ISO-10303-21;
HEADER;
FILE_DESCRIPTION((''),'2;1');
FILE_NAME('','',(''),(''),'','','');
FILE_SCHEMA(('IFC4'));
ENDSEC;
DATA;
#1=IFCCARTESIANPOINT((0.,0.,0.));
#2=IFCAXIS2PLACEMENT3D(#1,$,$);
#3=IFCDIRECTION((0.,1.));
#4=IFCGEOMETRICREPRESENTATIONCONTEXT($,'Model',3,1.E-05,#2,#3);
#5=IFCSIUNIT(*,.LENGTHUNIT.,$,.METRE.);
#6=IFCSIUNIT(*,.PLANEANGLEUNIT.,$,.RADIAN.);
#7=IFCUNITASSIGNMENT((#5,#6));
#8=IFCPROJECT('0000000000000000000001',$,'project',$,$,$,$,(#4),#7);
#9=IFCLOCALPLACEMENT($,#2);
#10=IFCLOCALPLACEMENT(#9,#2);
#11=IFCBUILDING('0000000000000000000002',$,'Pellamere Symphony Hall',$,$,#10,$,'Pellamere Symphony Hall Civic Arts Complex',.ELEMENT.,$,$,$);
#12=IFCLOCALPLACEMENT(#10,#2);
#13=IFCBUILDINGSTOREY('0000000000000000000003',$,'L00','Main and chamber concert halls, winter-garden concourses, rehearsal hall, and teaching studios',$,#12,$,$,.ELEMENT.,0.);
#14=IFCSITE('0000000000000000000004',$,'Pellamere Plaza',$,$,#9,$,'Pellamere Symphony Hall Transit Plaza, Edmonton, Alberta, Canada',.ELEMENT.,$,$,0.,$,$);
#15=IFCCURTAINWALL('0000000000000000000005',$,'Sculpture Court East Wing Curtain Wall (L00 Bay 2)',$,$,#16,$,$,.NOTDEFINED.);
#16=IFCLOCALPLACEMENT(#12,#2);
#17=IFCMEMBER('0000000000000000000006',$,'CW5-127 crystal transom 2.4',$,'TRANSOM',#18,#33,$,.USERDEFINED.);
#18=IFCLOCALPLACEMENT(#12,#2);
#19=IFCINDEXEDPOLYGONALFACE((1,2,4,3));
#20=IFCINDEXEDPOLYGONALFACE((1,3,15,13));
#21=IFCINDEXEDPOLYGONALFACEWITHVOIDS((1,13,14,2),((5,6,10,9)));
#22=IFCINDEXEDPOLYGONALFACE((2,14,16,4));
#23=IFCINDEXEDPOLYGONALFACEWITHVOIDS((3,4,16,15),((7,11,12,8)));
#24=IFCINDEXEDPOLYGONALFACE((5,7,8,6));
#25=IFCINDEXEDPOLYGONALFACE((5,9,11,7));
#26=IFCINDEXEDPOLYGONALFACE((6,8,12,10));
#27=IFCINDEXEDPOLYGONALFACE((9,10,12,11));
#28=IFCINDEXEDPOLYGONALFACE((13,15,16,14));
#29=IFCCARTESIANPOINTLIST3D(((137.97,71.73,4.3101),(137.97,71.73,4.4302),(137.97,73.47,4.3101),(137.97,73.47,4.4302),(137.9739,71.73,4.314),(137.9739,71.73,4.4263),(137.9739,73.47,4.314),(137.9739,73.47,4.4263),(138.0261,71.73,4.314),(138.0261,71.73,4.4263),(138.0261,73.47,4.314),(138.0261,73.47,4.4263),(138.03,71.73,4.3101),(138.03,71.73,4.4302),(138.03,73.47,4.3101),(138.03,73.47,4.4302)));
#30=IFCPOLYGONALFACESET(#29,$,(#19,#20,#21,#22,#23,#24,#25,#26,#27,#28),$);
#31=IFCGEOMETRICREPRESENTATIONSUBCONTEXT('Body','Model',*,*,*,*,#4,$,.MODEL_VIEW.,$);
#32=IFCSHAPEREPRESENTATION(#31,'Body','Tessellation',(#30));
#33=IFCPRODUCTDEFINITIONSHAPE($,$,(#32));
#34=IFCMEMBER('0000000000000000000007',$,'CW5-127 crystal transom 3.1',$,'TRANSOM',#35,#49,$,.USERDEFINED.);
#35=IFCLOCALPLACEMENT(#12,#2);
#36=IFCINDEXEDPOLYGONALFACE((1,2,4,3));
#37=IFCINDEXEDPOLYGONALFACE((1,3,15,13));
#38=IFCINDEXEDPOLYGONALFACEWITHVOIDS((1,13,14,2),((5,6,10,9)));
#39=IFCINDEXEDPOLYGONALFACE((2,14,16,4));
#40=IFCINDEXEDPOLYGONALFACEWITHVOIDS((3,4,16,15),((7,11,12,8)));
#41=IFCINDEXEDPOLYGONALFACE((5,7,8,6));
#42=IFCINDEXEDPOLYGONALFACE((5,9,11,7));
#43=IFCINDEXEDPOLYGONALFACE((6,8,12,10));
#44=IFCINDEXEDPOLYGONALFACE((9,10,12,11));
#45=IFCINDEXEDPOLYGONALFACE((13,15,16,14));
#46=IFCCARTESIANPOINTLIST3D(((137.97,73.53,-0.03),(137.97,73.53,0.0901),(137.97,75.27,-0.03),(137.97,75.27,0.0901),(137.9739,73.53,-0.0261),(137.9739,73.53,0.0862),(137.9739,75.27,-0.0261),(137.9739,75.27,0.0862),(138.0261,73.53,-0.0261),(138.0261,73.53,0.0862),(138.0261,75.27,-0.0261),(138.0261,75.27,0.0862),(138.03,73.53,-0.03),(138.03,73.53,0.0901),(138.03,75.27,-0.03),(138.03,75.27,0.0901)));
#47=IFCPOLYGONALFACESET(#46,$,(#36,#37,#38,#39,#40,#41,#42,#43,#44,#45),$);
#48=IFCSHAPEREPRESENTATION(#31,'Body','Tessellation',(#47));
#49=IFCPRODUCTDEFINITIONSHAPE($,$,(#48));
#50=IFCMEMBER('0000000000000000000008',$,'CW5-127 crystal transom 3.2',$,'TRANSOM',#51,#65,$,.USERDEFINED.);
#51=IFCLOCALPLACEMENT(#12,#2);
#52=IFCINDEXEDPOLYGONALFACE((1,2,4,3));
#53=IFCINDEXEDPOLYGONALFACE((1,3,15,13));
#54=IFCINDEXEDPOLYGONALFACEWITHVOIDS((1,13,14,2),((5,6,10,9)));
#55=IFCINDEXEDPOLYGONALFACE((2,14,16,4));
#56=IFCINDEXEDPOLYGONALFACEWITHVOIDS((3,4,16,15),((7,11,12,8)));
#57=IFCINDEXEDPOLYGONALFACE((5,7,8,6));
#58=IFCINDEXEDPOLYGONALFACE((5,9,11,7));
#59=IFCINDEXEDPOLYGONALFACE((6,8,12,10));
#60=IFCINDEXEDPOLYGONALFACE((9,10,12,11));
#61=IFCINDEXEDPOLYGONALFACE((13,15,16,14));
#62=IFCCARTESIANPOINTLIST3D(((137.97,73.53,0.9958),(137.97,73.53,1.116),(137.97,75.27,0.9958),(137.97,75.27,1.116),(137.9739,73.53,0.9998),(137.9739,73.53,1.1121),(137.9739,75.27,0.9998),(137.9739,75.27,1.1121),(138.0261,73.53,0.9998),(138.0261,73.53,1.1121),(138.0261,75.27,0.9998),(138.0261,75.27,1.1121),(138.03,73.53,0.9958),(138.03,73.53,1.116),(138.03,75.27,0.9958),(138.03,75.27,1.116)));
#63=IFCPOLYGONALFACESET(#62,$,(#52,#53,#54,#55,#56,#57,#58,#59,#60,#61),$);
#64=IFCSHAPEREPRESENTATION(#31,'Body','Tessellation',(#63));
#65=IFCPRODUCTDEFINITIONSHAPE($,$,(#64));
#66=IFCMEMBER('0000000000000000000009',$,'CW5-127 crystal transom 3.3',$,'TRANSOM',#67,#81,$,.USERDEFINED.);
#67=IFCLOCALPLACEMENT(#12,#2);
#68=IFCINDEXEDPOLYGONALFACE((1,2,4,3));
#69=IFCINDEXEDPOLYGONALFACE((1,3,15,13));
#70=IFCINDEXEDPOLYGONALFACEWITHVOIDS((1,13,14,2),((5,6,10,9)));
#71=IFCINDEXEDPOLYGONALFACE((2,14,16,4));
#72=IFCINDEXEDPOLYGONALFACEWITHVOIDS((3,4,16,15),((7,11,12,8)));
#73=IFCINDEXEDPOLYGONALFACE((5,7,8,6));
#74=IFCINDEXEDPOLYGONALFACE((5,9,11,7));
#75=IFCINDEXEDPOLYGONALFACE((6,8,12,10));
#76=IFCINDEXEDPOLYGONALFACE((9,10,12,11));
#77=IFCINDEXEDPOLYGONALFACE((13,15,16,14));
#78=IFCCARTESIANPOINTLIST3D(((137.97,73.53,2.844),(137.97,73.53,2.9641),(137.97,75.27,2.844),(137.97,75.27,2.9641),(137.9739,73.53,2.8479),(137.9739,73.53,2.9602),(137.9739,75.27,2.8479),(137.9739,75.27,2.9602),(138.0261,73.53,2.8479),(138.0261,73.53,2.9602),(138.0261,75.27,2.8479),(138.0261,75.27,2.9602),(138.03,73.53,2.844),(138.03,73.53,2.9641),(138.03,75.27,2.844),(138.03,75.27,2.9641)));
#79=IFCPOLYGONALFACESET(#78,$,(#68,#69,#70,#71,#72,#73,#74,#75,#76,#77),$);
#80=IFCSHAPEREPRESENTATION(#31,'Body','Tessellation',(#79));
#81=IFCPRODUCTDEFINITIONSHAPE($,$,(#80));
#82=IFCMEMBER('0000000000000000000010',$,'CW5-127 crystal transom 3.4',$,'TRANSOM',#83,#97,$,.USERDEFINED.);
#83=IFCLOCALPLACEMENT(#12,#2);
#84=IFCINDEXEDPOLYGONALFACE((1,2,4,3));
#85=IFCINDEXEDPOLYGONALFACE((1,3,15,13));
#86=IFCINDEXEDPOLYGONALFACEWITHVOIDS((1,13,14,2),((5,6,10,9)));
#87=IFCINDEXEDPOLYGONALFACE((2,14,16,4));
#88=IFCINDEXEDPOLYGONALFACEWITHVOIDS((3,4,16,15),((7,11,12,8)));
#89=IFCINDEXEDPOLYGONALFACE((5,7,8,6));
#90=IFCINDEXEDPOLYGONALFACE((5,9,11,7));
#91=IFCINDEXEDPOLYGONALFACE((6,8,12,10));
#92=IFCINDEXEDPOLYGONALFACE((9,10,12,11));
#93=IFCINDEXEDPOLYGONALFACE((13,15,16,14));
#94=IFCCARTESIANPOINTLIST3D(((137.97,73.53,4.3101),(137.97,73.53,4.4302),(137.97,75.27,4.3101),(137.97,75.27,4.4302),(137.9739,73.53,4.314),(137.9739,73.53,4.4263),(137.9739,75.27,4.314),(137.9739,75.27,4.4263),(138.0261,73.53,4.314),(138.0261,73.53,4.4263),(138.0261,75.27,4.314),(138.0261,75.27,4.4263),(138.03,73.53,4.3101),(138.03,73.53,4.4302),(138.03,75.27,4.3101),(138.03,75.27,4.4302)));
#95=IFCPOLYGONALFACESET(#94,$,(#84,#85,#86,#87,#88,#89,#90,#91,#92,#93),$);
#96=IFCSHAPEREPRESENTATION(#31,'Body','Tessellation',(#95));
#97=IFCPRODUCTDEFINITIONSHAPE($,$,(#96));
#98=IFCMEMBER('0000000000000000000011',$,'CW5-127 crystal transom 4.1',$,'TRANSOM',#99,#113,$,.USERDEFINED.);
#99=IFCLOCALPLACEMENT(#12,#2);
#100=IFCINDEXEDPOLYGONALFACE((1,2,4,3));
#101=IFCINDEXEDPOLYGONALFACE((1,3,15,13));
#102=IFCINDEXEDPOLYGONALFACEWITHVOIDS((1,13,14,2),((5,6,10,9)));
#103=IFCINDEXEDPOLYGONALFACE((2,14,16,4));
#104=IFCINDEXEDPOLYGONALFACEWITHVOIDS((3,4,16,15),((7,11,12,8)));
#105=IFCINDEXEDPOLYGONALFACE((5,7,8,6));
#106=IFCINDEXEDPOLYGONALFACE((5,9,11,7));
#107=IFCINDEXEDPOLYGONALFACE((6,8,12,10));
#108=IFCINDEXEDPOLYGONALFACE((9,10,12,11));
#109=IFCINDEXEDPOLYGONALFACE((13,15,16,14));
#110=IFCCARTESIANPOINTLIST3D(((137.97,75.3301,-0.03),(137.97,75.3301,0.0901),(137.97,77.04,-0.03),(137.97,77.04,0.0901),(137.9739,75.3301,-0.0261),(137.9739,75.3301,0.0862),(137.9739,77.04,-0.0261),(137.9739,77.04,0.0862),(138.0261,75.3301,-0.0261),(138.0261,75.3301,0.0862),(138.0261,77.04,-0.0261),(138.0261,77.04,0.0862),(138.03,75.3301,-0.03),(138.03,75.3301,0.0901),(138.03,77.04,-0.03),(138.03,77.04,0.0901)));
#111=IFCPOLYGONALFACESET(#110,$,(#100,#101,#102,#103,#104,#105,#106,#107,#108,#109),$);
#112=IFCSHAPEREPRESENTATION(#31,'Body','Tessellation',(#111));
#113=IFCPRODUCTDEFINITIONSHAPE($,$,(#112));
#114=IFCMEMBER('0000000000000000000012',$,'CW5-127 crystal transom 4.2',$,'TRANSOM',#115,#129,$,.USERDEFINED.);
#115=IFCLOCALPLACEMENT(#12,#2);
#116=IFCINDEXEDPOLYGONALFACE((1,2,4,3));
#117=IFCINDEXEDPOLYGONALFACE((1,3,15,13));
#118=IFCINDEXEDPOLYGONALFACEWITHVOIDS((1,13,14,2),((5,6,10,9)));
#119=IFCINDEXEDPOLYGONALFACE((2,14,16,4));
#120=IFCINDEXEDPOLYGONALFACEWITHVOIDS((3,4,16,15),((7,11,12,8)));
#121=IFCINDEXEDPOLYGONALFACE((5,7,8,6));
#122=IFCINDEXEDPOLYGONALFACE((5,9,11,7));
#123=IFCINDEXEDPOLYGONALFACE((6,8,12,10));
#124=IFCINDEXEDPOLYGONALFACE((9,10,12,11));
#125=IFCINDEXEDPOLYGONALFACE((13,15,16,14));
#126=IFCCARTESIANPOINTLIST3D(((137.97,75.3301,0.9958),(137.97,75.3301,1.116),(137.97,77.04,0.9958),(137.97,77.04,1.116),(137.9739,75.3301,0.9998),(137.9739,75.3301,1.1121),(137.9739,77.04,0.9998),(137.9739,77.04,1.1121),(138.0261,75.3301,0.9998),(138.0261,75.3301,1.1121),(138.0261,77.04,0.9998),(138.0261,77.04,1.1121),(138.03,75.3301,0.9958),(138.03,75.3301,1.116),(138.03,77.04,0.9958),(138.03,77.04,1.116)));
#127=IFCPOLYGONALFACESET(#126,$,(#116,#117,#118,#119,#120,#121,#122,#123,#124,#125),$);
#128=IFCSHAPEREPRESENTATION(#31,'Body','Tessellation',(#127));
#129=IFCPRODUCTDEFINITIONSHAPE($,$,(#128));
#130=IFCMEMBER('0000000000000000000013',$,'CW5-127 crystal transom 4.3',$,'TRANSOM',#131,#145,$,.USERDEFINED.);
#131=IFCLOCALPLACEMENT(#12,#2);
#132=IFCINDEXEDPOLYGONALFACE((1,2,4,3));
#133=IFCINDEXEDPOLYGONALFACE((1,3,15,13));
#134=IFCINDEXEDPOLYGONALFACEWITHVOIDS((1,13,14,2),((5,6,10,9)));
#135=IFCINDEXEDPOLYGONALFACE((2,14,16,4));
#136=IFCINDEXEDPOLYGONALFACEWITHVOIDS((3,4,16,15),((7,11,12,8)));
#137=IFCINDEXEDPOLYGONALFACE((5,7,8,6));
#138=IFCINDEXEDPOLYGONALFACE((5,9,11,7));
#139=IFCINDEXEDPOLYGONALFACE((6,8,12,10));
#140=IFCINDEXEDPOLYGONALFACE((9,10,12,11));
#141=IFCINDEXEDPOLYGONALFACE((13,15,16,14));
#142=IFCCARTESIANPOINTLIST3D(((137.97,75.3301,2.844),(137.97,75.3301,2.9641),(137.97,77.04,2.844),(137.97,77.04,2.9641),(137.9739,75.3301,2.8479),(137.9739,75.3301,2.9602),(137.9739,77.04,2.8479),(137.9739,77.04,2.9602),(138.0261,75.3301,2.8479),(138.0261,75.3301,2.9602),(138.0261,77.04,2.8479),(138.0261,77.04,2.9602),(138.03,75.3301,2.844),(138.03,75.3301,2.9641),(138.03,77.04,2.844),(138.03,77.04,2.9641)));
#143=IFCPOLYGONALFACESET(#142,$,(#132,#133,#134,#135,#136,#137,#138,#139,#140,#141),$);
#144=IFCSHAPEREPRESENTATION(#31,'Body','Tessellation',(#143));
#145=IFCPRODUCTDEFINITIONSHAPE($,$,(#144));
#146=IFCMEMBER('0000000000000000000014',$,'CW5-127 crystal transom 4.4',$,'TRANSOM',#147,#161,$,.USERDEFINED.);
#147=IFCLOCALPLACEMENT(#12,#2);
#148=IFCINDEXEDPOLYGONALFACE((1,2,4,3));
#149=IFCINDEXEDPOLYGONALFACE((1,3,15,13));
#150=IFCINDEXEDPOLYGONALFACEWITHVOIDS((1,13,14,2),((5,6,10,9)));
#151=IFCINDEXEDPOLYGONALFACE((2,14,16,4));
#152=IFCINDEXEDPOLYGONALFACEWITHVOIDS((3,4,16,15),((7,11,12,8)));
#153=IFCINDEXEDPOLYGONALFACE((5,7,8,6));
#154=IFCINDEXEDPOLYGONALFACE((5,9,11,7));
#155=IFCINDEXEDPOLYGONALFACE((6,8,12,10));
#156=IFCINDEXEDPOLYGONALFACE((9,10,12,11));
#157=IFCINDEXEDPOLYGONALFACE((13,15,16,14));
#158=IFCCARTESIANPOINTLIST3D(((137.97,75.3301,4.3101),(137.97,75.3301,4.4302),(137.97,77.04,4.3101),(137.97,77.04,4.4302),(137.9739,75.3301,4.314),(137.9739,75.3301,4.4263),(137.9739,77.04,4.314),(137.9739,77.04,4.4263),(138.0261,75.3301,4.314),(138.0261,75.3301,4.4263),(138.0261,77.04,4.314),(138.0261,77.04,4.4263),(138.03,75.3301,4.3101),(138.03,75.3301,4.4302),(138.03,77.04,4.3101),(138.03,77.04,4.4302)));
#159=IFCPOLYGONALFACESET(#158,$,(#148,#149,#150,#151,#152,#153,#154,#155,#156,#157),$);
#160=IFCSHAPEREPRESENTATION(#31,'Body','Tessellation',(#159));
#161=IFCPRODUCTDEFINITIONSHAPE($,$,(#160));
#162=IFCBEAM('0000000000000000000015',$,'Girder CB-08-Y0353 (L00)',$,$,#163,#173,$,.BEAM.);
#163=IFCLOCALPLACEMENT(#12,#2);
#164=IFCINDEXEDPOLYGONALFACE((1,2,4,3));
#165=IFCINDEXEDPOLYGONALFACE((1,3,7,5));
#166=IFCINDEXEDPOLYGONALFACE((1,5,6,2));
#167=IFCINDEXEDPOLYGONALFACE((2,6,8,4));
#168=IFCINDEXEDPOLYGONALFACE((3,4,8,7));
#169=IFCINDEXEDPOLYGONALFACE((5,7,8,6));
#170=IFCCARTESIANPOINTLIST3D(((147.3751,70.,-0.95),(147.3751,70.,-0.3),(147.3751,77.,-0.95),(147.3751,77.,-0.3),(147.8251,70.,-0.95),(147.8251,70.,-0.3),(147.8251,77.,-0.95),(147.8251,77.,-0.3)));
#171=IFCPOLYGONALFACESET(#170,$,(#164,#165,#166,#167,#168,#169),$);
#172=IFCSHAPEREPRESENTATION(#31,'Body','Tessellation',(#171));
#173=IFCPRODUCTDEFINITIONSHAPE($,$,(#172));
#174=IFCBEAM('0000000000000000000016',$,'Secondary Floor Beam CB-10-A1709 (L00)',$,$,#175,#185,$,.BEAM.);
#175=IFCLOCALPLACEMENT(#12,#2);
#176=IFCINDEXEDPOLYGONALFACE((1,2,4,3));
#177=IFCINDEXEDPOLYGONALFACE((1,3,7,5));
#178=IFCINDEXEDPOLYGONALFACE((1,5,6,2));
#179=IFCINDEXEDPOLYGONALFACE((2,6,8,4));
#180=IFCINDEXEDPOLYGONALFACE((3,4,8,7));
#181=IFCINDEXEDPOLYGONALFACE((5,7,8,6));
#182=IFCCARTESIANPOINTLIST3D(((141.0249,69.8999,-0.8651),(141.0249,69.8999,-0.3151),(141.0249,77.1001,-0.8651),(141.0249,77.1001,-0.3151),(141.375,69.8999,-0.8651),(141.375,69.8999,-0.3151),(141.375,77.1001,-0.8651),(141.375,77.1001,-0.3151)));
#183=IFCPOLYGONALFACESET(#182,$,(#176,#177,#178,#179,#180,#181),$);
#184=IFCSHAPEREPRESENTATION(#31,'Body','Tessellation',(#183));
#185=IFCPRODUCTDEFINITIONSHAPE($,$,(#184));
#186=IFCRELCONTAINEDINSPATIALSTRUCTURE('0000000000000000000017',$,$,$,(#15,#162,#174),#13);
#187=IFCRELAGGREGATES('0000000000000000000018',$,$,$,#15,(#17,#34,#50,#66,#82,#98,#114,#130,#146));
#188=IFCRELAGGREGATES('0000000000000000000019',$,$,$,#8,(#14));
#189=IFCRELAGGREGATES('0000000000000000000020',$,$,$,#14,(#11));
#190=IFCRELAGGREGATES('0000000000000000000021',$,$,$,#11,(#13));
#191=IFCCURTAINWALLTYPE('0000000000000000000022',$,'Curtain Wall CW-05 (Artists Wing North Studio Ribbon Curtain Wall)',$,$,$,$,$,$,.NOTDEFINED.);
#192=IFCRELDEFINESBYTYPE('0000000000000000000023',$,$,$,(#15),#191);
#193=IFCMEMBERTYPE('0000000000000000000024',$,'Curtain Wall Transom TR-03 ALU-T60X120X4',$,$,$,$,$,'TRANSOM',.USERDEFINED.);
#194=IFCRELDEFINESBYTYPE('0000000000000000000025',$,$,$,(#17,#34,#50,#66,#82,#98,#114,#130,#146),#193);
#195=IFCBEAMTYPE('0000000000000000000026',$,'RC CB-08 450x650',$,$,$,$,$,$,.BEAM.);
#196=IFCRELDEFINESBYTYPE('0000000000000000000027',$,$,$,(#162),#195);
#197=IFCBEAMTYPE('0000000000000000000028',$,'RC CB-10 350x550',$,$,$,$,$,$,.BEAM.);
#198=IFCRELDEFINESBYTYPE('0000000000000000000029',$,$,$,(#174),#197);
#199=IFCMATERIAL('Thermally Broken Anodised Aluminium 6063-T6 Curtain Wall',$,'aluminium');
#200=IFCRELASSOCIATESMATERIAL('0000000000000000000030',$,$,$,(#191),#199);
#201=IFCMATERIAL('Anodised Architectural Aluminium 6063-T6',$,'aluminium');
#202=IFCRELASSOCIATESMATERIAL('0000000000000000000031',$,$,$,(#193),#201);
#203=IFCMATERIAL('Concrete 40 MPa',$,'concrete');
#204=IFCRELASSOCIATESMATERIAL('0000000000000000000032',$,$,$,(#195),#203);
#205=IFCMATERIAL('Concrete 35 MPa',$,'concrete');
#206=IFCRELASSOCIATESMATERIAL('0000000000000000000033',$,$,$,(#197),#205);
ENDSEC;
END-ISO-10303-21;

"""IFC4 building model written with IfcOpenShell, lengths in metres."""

from ifc_helpers import new_model, si_unit, direction, frame, origin, origin_2d, place, context, subcontext, project, spatial, rectangle, hollow_rectangle, extrude, material, material_profile, profile_set, type_object, element, aggregate, save


model = new_model("IFC4")

# Units and contexts
model_context = context("Model", 3, precision=1e-05, world=origin(), true_north=direction((0.0, 1.0)))
body_context = subcontext(model_context, "Body", "Model", "MODEL_VIEW")
ifc_project = project(units=[si_unit("LENGTHUNIT", "METRE"), si_unit("PLANEANGLEUNIT", "RADIAN")], contexts=[model_context])

# Site, building, storey
site_placement = place(None, origin())
site = spatial("IfcSite", under=ifc_project, at=site_placement, Name="Pellamere Plaza", LongName="Pellamere Symphony Hall Transit Plaza, Edmonton, Alberta, Canada", CompositionType="ELEMENT", RefElevation=0.0)
building_placement = place(site_placement, origin())
building = spatial("IfcBuilding", under=site, at=building_placement, Name="Pellamere Symphony Hall", LongName="Pellamere Symphony Hall Civic Arts Complex", CompositionType="ELEMENT")
storey_placement = place(building_placement, origin())
storey = spatial("IfcBuildingStorey", under=building, at=storey_placement, Name="L00", Description="Main and chamber concert halls, winter-garden concourses, rehearsal hall, and teaching studios", CompositionType="ELEMENT", Elevation=0.0)

# Curtain wall, members
ifc_material_1 = material(Name="Thermally Broken Anodised Aluminium 6063-T6 Curtain Wall", Category="aluminium")
curtain_wall_type = type_object("IfcCurtainWallType", Name="Curtain Wall CW-05 (Artists Wing North Studio Ribbon Curtain Wall)", PredefinedType="NOTDEFINED", material=ifc_material_1)
curtain_wall_placement = place(storey_placement, origin())
curtain_wall = element("IfcCurtainWall", 1, at=curtain_wall_placement, inside=storey, type_object=curtain_wall_type, Name="Sculpture Court East Wing Curtain Wall (L00 Bay 2)", PredefinedType="NOTDEFINED")
ifc_material_2 = material(Name="Anodised Architectural Aluminium 6063-T6", Category="aluminium")
ifc_material_profile_1 = material_profile(ifc_material_2, hollow_rectangle(XDim=0.0601, YDim=0.1201, WallThickness=0.0039, at=origin_2d()), Name="ALU-T60X120X4")
ifc_profile_set_1 = profile_set([ifc_material_profile_1], Name="Anodised Architectural Aluminium 6063-T6")
member_type_1 = type_object("IfcMemberType", Name="Curtain Wall Transom TR-03 ALU-T60X120X4", ElementType="TRANSOM", PredefinedType="USERDEFINED", material=ifc_profile_set_1)
member_1_placement = place(storey_placement, frame((138.0, 71.73, 4.3701), z_axis=(0.0, 1.0, 0.0), x_axis=(-1.0, 0.0, 0.0)))
member_1 = element("IfcMember", 2, at=member_1_placement, type_object=member_type_1, Name="CW5-127 crystal transom 2.4", ObjectType="TRANSOM", PredefinedType="USERDEFINED", context=body_context, shape_type="SweptSolid", body=[
    extrude(hollow_rectangle(XDim=0.0601, YDim=0.1201, WallThickness=0.0039, at=origin_2d()), origin(), (0.0, 0.0, 1.0), 1.74),
])
member_2_placement = place(storey_placement, frame((138.0, 73.53, 0.03), z_axis=(0.0, 1.0, 0.0), x_axis=(-1.0, 0.0, 0.0)))
member_2 = element("IfcMember", 3, at=member_2_placement, type_object=member_type_1, Name="CW5-127 crystal transom 3.1", ObjectType="TRANSOM", PredefinedType="USERDEFINED", context=body_context, shape_type="SweptSolid", body=[
    extrude(hollow_rectangle(XDim=0.0601, YDim=0.1201, WallThickness=0.0039, at=origin_2d()), origin(), (0.0, 0.0, 1.0), 1.74),
])
member_3_placement = place(storey_placement, frame((138.0, 73.53, 1.0559), z_axis=(0.0, 1.0, 0.0), x_axis=(-1.0, 0.0, 0.0)))
member_3 = element("IfcMember", 4, at=member_3_placement, type_object=member_type_1, Name="CW5-127 crystal transom 3.2", ObjectType="TRANSOM", PredefinedType="USERDEFINED", context=body_context, shape_type="SweptSolid", body=[
    extrude(hollow_rectangle(XDim=0.0601, YDim=0.1201, WallThickness=0.0039, at=origin_2d()), origin(), (0.0, 0.0, 1.0), 1.74),
])
member_4_placement = place(storey_placement, frame((138.0, 73.53, 2.9041), z_axis=(0.0, 1.0, 0.0), x_axis=(-1.0, 0.0, 0.0)))
member_4 = element("IfcMember", 5, at=member_4_placement, type_object=member_type_1, Name="CW5-127 crystal transom 3.3", ObjectType="TRANSOM", PredefinedType="USERDEFINED", context=body_context, shape_type="SweptSolid", body=[
    extrude(hollow_rectangle(XDim=0.0601, YDim=0.1201, WallThickness=0.0039, at=origin_2d()), origin(), (0.0, 0.0, 1.0), 1.74),
])
member_5_placement = place(storey_placement, frame((138.0, 73.53, 4.3701), z_axis=(0.0, 1.0, 0.0), x_axis=(-1.0, 0.0, 0.0)))
member_5 = element("IfcMember", 6, at=member_5_placement, type_object=member_type_1, Name="CW5-127 crystal transom 3.4", ObjectType="TRANSOM", PredefinedType="USERDEFINED", context=body_context, shape_type="SweptSolid", body=[
    extrude(hollow_rectangle(XDim=0.0601, YDim=0.1201, WallThickness=0.0039, at=origin_2d()), origin(), (0.0, 0.0, 1.0), 1.74),
])
member_6_placement = place(storey_placement, frame((138.0, 75.3301, 0.03), z_axis=(0.0, 1.0, 0.0), x_axis=(-1.0, 0.0, 0.0)))
member_6 = element("IfcMember", 7, at=member_6_placement, type_object=member_type_1, Name="CW5-127 crystal transom 4.1", ObjectType="TRANSOM", PredefinedType="USERDEFINED", context=body_context, shape_type="SweptSolid", body=[
    extrude(hollow_rectangle(XDim=0.0601, YDim=0.1201, WallThickness=0.0039, at=origin_2d()), origin(), (0.0, 0.0, 1.0), 1.71),
])
member_7_placement = place(storey_placement, frame((138.0, 75.3301, 1.0559), z_axis=(0.0, 1.0, 0.0), x_axis=(-1.0, 0.0, 0.0)))
member_7 = element("IfcMember", 8, at=member_7_placement, type_object=member_type_1, Name="CW5-127 crystal transom 4.2", ObjectType="TRANSOM", PredefinedType="USERDEFINED", context=body_context, shape_type="SweptSolid", body=[
    extrude(hollow_rectangle(XDim=0.0601, YDim=0.1201, WallThickness=0.0039, at=origin_2d()), origin(), (0.0, 0.0, 1.0), 1.71),
])
member_8_placement = place(storey_placement, frame((138.0, 75.3301, 2.9041), z_axis=(0.0, 1.0, 0.0), x_axis=(-1.0, 0.0, 0.0)))
member_8 = element("IfcMember", 9, at=member_8_placement, type_object=member_type_1, Name="CW5-127 crystal transom 4.3", ObjectType="TRANSOM", PredefinedType="USERDEFINED", context=body_context, shape_type="SweptSolid", body=[
    extrude(hollow_rectangle(XDim=0.0601, YDim=0.1201, WallThickness=0.0039, at=origin_2d()), origin(), (0.0, 0.0, 1.0), 1.71),
])
member_9_placement = place(storey_placement, frame((138.0, 75.3301, 4.3701), z_axis=(0.0, 1.0, 0.0), x_axis=(-1.0, 0.0, 0.0)))
member_9 = element("IfcMember", 10, at=member_9_placement, type_object=member_type_1, Name="CW5-127 crystal transom 4.4", ObjectType="TRANSOM", PredefinedType="USERDEFINED", context=body_context, shape_type="SweptSolid", body=[
    extrude(hollow_rectangle(XDim=0.0601, YDim=0.1201, WallThickness=0.0039, at=origin_2d()), origin(), (0.0, 0.0, 1.0), 1.71),
])

# Beams
ifc_material_3 = material(Name="Concrete 40 MPa", Category="concrete")
ifc_material_profile_2 = material_profile(ifc_material_3, rectangle(XDim=0.45, YDim=0.6499, at=origin_2d()), Name="RC 450x650")
ifc_profile_set_2 = profile_set([ifc_material_profile_2], Name="Concrete 40 MPa")
beam_type_1 = type_object("IfcBeamType", Name="RC CB-08 450x650", PredefinedType="BEAM", material=ifc_profile_set_2)
beam_1_placement = place(storey_placement, frame((147.6001, 70.0, -0.625), z_axis=(0.0, 1.0, 0.0), x_axis=(-1.0, 0.0, 0.0)))
element("IfcBeam", 11, at=beam_1_placement, inside=storey, type_object=beam_type_1, Name="Girder CB-08-Y0353 (L00)", PredefinedType="BEAM", context=body_context, shape_type="SweptSolid", body=[
    extrude(rectangle(XDim=0.45, YDim=0.6499, at=origin_2d()), origin(), (0.0, 0.0, 1.0), 7.0),
])
ifc_material_4 = material(Name="Concrete 35 MPa", Category="concrete")
ifc_material_profile_3 = material_profile(ifc_material_4, rectangle(XDim=0.3501, YDim=0.55, at=origin_2d()), Name="RC 350x550")
ifc_profile_set_3 = profile_set([ifc_material_profile_3], Name="Concrete 35 MPa")
beam_type_2 = type_object("IfcBeamType", Name="RC CB-10 350x550", PredefinedType="BEAM", material=ifc_profile_set_3)
for number, where, z_axis, x_axis, name in (
    (12, (141.2, 69.8999, -0.5901), (0.0, 1.0, 0.0), (-1.0, 0.0, 0.0), "Secondary Floor Beam CB-10-A1709 (L00)"),
):
    element("IfcBeam", number, at=place(storey_placement, frame(where, z_axis=z_axis, x_axis=x_axis)), inside=storey, type_object=beam_type_2, Name=name, PredefinedType="BEAM", context=body_context, shape_type="SweptSolid", body=[
        extrude(rectangle(XDim=0.3501, YDim=0.55, at=origin_2d()), origin(), (0.0, 0.0, 1.0), 7.2002),
    ])

aggregate(curtain_wall, [member_1, member_2, member_3, member_4, member_5, member_6, member_7, member_8, member_9])

save(model, "model.ifc")
